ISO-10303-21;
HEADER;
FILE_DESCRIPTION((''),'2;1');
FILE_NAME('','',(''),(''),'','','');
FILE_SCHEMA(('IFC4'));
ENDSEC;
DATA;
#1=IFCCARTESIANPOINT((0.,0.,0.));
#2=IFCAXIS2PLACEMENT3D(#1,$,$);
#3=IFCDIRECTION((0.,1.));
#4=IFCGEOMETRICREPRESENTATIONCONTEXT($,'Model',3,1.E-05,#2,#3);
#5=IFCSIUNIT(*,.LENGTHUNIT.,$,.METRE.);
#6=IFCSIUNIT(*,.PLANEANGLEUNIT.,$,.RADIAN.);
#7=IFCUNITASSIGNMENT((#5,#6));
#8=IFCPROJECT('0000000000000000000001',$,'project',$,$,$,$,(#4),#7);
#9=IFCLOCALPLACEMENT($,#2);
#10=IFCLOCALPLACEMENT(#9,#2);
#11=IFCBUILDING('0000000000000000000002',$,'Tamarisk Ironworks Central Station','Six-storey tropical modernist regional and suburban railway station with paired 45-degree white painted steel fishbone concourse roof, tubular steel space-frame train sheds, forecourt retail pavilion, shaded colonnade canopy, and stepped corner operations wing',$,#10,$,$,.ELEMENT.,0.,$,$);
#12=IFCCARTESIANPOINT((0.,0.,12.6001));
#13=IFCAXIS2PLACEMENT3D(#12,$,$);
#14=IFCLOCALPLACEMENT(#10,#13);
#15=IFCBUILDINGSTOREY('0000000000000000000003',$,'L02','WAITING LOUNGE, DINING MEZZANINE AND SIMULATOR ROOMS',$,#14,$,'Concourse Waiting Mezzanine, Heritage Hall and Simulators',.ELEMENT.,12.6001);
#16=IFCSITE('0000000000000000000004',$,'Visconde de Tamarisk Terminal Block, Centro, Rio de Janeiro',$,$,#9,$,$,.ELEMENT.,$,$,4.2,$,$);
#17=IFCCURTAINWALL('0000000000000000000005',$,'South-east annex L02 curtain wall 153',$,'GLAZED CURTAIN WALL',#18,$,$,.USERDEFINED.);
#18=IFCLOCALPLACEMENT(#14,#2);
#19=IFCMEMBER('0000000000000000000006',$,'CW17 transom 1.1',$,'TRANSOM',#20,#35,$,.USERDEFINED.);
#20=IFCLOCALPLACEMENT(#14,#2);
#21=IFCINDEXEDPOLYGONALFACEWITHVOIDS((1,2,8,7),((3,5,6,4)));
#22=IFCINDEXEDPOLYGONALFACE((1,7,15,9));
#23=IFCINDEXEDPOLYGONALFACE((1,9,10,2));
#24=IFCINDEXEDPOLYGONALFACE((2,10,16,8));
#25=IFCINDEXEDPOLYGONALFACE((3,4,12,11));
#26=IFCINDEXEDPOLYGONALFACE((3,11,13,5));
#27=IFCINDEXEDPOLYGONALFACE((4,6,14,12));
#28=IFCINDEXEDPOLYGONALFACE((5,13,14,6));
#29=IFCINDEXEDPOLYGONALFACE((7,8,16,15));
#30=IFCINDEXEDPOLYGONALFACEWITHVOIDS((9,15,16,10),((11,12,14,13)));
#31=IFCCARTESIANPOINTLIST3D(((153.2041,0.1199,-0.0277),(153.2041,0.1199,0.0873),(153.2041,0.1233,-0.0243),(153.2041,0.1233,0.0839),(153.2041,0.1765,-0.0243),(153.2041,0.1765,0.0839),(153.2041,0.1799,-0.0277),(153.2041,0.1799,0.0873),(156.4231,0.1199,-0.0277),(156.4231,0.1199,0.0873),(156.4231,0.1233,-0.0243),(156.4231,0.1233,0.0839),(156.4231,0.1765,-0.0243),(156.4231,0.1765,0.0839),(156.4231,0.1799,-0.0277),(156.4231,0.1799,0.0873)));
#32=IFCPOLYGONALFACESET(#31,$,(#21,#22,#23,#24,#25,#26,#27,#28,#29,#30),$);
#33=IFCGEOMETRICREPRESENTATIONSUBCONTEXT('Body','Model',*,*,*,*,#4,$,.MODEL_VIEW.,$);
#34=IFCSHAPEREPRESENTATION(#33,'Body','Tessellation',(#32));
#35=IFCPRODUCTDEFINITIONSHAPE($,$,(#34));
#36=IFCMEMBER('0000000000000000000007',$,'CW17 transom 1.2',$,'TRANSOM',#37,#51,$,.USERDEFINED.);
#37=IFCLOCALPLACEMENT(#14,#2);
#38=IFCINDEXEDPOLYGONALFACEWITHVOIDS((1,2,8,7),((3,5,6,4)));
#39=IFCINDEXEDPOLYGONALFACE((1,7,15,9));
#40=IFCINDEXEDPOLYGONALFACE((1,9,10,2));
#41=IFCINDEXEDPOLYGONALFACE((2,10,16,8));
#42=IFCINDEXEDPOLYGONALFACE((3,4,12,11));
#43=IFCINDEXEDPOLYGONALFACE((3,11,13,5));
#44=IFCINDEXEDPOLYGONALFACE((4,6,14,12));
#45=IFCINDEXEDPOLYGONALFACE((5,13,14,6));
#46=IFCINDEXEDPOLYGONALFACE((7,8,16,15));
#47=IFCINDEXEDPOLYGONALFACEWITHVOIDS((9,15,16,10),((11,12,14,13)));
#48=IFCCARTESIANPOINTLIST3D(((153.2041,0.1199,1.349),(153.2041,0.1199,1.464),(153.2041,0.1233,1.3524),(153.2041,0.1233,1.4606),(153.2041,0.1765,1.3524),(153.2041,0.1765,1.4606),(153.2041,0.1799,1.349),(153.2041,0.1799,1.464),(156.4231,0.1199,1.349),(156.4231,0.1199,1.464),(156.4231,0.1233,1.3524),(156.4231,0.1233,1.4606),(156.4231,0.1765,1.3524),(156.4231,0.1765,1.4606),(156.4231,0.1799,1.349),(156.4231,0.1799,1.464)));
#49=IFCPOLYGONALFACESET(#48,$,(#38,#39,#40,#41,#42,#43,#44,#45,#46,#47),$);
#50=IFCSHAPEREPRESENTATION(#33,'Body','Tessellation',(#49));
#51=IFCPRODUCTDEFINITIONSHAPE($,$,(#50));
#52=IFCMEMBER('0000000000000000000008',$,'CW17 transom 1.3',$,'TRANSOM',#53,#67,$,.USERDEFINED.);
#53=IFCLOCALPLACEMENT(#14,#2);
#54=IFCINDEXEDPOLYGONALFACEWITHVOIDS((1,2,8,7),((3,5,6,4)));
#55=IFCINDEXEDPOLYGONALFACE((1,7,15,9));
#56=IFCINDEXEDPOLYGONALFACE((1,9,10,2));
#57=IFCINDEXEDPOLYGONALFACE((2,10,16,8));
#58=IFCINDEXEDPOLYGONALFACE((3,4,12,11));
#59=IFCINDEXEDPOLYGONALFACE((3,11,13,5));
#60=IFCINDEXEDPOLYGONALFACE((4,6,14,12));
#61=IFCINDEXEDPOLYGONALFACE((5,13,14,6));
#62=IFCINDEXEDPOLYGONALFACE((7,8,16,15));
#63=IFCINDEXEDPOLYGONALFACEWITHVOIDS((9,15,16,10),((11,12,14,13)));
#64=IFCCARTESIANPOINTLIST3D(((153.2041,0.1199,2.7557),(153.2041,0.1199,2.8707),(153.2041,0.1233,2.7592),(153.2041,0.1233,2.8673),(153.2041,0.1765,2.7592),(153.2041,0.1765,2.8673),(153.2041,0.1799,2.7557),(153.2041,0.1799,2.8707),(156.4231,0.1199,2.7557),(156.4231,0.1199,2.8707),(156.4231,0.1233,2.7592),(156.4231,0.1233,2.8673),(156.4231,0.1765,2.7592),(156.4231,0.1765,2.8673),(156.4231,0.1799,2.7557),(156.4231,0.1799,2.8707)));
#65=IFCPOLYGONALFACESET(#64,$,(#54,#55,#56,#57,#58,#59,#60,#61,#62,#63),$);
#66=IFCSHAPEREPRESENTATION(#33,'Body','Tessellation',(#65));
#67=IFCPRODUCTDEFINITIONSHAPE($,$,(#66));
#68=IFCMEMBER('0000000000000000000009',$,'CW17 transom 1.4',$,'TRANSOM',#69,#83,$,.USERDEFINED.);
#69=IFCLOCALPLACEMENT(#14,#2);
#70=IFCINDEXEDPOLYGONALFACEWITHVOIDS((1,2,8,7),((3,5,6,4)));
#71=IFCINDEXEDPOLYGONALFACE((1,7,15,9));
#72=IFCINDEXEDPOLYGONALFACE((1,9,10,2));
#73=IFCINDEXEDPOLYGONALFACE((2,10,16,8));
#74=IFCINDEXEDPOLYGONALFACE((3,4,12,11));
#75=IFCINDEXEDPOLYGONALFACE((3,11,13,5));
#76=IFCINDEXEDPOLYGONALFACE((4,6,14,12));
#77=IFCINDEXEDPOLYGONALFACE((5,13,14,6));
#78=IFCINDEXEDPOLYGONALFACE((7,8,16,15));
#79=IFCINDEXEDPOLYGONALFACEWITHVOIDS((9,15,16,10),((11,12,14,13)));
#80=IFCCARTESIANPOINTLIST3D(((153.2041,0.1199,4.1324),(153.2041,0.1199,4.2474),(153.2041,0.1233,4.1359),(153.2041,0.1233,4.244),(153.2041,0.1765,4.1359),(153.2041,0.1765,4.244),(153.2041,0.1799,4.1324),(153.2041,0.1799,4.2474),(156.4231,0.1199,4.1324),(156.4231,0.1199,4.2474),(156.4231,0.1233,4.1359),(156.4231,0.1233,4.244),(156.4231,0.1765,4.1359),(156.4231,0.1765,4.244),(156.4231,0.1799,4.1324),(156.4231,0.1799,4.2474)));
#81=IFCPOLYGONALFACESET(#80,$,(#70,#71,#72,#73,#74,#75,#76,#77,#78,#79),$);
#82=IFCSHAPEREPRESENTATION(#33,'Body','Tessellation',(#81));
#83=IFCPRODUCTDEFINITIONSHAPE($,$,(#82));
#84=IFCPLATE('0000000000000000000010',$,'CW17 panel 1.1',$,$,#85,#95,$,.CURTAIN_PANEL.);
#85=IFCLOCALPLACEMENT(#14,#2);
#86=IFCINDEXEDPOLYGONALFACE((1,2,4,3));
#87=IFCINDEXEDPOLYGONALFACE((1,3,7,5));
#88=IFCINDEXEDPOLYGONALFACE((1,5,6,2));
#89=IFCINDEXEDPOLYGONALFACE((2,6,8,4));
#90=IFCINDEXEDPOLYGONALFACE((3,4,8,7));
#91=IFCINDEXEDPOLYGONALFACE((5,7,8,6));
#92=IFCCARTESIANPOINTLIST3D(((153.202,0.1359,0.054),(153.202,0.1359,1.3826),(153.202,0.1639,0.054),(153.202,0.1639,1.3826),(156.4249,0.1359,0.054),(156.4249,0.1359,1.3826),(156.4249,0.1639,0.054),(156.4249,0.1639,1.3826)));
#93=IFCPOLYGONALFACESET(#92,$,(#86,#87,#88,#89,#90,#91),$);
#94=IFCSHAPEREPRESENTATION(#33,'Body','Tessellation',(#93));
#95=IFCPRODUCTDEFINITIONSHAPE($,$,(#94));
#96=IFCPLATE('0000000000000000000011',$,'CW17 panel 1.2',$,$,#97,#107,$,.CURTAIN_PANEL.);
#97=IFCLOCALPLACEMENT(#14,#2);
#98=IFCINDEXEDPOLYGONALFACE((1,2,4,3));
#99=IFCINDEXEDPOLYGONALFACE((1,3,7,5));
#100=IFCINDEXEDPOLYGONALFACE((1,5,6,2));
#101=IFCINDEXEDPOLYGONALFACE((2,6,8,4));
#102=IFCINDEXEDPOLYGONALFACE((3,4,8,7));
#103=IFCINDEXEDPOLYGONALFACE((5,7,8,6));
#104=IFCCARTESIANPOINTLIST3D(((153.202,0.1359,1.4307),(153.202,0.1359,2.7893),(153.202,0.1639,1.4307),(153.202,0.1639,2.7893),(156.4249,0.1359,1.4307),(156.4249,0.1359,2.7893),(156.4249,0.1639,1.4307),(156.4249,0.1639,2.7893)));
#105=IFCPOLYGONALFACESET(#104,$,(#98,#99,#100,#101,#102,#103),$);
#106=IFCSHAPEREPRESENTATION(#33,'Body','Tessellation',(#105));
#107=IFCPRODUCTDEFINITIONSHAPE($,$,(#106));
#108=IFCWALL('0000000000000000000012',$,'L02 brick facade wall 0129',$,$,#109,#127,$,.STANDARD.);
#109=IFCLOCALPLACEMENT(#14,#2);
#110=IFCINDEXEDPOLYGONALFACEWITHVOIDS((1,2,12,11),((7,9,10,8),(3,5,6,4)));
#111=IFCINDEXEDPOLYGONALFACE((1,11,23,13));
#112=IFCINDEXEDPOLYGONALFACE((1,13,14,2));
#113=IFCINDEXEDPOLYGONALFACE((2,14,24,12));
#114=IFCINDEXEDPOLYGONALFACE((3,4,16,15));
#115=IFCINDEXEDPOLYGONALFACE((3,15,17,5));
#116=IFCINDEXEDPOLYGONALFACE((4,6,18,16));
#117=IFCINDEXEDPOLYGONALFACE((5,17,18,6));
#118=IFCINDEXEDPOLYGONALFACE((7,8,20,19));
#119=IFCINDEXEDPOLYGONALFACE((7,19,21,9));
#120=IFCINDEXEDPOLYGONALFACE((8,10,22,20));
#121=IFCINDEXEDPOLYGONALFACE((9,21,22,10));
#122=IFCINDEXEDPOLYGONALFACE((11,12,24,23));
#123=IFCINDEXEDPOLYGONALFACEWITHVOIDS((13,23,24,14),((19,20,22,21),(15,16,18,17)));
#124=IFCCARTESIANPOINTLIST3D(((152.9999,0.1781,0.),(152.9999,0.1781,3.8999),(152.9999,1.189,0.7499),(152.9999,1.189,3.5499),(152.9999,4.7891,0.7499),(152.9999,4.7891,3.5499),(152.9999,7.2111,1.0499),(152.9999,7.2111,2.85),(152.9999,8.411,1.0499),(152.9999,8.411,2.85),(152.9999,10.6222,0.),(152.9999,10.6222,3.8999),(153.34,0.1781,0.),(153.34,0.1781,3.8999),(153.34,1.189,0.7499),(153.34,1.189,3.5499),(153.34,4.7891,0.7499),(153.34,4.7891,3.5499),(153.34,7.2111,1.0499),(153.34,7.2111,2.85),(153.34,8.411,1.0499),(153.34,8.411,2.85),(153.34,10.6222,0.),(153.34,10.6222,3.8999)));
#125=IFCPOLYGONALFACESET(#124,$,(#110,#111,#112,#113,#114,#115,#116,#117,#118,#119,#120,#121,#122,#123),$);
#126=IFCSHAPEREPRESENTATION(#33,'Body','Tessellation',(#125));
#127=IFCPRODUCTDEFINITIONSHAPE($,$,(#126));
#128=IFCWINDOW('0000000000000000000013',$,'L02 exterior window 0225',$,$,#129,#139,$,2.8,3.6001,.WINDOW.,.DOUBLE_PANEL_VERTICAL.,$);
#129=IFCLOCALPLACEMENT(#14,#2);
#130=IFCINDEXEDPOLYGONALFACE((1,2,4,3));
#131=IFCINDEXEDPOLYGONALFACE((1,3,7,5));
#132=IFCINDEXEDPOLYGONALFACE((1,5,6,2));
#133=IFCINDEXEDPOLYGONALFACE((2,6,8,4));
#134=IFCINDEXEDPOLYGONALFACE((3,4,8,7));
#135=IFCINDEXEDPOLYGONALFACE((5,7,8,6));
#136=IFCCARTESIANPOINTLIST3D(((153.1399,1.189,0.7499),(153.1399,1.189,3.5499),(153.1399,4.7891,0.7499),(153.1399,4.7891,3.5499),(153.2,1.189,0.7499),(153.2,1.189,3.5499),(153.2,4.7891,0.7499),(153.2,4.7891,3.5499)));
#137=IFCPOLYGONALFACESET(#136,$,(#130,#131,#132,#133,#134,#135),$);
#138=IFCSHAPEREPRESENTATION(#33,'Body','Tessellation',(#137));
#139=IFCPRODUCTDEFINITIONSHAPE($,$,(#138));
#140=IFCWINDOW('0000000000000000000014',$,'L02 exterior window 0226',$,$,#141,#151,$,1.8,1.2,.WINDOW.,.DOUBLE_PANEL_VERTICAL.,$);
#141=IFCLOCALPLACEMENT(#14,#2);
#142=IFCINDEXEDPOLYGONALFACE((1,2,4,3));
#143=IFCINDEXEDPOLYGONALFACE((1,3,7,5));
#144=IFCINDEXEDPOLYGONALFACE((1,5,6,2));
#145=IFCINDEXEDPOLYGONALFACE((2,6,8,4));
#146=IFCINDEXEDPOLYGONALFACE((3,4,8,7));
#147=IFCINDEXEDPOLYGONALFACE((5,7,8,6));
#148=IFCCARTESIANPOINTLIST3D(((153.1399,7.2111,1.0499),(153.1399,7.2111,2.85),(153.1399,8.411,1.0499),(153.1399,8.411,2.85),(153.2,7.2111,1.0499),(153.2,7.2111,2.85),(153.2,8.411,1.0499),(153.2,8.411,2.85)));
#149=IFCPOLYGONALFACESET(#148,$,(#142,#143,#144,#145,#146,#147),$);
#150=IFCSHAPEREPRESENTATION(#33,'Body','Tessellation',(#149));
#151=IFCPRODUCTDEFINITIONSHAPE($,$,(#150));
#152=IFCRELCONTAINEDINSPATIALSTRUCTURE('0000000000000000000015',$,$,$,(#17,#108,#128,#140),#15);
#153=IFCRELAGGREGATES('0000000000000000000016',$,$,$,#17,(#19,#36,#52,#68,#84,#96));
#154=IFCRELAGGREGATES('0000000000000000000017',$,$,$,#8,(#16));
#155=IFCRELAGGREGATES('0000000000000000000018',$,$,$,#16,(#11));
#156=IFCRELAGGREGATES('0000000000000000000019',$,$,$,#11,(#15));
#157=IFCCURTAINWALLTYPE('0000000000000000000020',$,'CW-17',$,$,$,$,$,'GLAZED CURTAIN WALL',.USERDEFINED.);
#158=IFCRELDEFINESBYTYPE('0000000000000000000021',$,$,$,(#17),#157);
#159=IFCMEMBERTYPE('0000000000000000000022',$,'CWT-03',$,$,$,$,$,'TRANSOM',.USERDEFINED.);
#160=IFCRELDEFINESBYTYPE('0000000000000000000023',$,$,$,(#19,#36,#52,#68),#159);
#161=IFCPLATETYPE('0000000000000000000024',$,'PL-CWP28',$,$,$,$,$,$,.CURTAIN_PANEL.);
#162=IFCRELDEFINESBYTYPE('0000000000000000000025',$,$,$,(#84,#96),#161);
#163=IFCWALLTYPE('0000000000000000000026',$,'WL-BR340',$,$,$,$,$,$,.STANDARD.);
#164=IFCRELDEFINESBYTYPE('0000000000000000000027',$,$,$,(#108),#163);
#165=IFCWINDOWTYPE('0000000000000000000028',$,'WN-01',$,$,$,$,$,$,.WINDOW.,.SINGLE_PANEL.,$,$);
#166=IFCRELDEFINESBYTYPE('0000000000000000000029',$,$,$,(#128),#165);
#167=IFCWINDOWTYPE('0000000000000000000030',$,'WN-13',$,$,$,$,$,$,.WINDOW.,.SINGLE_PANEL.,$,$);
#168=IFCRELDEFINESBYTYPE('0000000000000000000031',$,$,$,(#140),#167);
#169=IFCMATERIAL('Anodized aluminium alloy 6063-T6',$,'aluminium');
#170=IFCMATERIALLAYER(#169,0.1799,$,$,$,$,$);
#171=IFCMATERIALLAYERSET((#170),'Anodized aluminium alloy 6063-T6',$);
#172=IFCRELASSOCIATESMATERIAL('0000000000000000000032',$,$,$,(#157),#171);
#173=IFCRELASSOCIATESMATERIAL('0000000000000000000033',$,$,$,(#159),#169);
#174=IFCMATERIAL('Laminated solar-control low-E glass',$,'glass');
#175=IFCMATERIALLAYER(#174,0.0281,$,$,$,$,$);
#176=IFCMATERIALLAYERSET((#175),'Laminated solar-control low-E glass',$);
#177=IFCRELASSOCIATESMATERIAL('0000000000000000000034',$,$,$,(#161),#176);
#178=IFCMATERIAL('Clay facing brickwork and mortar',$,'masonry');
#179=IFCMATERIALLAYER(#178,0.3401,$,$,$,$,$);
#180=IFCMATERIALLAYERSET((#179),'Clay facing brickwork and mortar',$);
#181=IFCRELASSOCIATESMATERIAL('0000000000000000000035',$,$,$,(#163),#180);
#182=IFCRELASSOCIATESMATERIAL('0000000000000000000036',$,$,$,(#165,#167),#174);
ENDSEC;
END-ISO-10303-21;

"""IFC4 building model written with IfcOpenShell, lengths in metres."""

from ifc_helpers import new_model, si_unit, direction, frame, frame_2d, origin, origin_2d, place, context, subcontext, project, spatial, rectangle, hollow_rectangle, extrude, material, layer, layer_set, material_profile, profile_set, type_object, element, fill, aggregate, save


model = new_model("IFC4")

# Units and contexts
model_context = context("Model", 3, precision=1e-05, world=origin(), true_north=direction((0.0, 1.0)))
body_context = subcontext(model_context, "Body", "Model", "MODEL_VIEW")
ifc_project = project(units=[si_unit("LENGTHUNIT", "METRE"), si_unit("PLANEANGLEUNIT", "RADIAN")], contexts=[model_context])

# Site, building, storey
site_placement = place(None, origin())
site = spatial("IfcSite", under=ifc_project, at=site_placement, Name="Visconde de Tamarisk Terminal Block, Centro, Rio de Janeiro", CompositionType="ELEMENT", RefElevation=4.2)
building_placement = place(site_placement, origin())
building = spatial("IfcBuilding", under=site, at=building_placement, Name="Tamarisk Ironworks Central Station", Description="Six-storey tropical modernist regional and suburban railway station with paired 45-degree white painted steel fishbone concourse roof, tubular steel space-frame train sheds, forecourt retail pavilion, shaded colonnade canopy, and stepped corner operations wing", CompositionType="ELEMENT", ElevationOfRefHeight=0.0)
storey_placement = place(building_placement, frame((0.0, 0.0, 12.6001)))
storey = spatial("IfcBuildingStorey", under=building, at=storey_placement, Name="L02", Description="WAITING LOUNGE, DINING MEZZANINE AND SIMULATOR ROOMS", LongName="Concourse Waiting Mezzanine, Heritage Hall and Simulators", CompositionType="ELEMENT", Elevation=12.6001)

# Curtain wall, members, plates
ifc_material_1 = material(Name="Anodized aluminium alloy 6063-T6", Category="aluminium")
ifc_layer_1 = layer(ifc_material_1, 0.1799)
ifc_layer_set_1 = layer_set([ifc_layer_1], Name="Anodized aluminium alloy 6063-T6")
curtain_wall_type = type_object("IfcCurtainWallType", Name="CW-17", ElementType="GLAZED CURTAIN WALL", PredefinedType="USERDEFINED", material=ifc_layer_set_1)
curtain_wall_placement = place(storey_placement, origin())
curtain_wall = element("IfcCurtainWall", 1, at=curtain_wall_placement, inside=storey, type_object=curtain_wall_type, Name="South-east annex L02 curtain wall 153", ObjectType="GLAZED CURTAIN WALL", PredefinedType="USERDEFINED")
ifc_material_profile_1 = material_profile(ifc_material_1, hollow_rectangle(XDim=0.0601, YDim=0.115, WallThickness=0.0034, at=origin_2d()), Name="ALUM 115x60")
ifc_profile_set_1 = profile_set([ifc_material_profile_1], Name="Anodized aluminium alloy 6063-T6")
member_type_1 = type_object("IfcMemberType", Name="CWT-03", ElementType="TRANSOM", PredefinedType="USERDEFINED", material=ifc_profile_set_1)
member_1_placement = place(storey_placement, frame((153.2041, 0.1499, 0.0298), z_axis=(1.0, 0.0, 0.0), x_axis=(0.0, 1.0, 0.0)))
member_1 = element("IfcMember", 2, at=member_1_placement, type_object=member_type_1, Name="CW17 transom 1.1", ObjectType="TRANSOM", PredefinedType="USERDEFINED", context=body_context, shape_type="SweptSolid", body=[
    extrude(hollow_rectangle(XDim=0.0601, YDim=0.115, WallThickness=0.0034, at=origin_2d()), origin(), (0.0, 0.0, 1.0), 3.219),
])
member_2_placement = place(storey_placement, frame((153.2041, 0.1499, 1.4065), z_axis=(1.0, 0.0, 0.0), x_axis=(0.0, 1.0, 0.0)))
member_2 = element("IfcMember", 3, at=member_2_placement, type_object=member_type_1, Name="CW17 transom 1.2", ObjectType="TRANSOM", PredefinedType="USERDEFINED", context=body_context, shape_type="SweptSolid", body=[
    extrude(hollow_rectangle(XDim=0.0601, YDim=0.115, WallThickness=0.0034, at=origin_2d()), origin(), (0.0, 0.0, 1.0), 3.219),
])
member_3_placement = place(storey_placement, frame((153.2041, 0.1499, 2.8132), z_axis=(1.0, 0.0, 0.0), x_axis=(0.0, 1.0, 0.0)))
member_3 = element("IfcMember", 4, at=member_3_placement, type_object=member_type_1, Name="CW17 transom 1.3", ObjectType="TRANSOM", PredefinedType="USERDEFINED", context=body_context, shape_type="SweptSolid", body=[
    extrude(hollow_rectangle(XDim=0.0601, YDim=0.115, WallThickness=0.0034, at=origin_2d()), origin(), (0.0, 0.0, 1.0), 3.219),
])
member_4_placement = place(storey_placement, frame((153.2041, 0.1499, 4.1899), z_axis=(1.0, 0.0, 0.0), x_axis=(0.0, 1.0, 0.0)))
member_4 = element("IfcMember", 5, at=member_4_placement, type_object=member_type_1, Name="CW17 transom 1.4", ObjectType="TRANSOM", PredefinedType="USERDEFINED", context=body_context, shape_type="SweptSolid", body=[
    extrude(hollow_rectangle(XDim=0.0601, YDim=0.115, WallThickness=0.0034, at=origin_2d()), origin(), (0.0, 0.0, 1.0), 3.219),
])
ifc_material_2 = material(Name="Laminated solar-control low-E glass", Category="glass")
ifc_layer_2 = layer(ifc_material_2, 0.0281)
ifc_layer_set_2 = layer_set([ifc_layer_2], Name="Laminated solar-control low-E glass")
plate_type = type_object("IfcPlateType", Name="PL-CWP28", PredefinedType="CURTAIN_PANEL", material=ifc_layer_set_2)
plate_1_placement = place(storey_placement, frame((154.8135, 0.1499, 0.054), z_axis=(0.0, 0.0, 1.0), x_axis=(1.0, 0.0, 0.0)))
plate_1 = element("IfcPlate", 6, at=plate_1_placement, type_object=plate_type, Name="CW17 panel 1.1", PredefinedType="CURTAIN_PANEL", context=body_context, shape_type="SweptSolid", body=[
    extrude(rectangle(XDim=3.2229, YDim=0.0281, at=origin_2d()), origin(), (0.0, 0.0, 1.0), 1.3286),
])
plate_2_placement = place(storey_placement, frame((154.8135, 0.1499, 1.4307), z_axis=(0.0, 0.0, 1.0), x_axis=(1.0, 0.0, 0.0)))
plate_2 = element("IfcPlate", 7, at=plate_2_placement, type_object=plate_type, Name="CW17 panel 1.2", PredefinedType="CURTAIN_PANEL", context=body_context, shape_type="SweptSolid", body=[
    extrude(rectangle(XDim=3.2229, YDim=0.0281, at=origin_2d()), origin(), (0.0, 0.0, 1.0), 1.3586),
])
aggregate(curtain_wall, [member_1, member_2, member_3, member_4, plate_1, plate_2])

# Wall, openings, windows
ifc_material_3 = material(Name="Clay facing brickwork and mortar", Category="masonry")
ifc_layer_3 = layer(ifc_material_3, 0.3401)
ifc_layer_set_3 = layer_set([ifc_layer_3], Name="Clay facing brickwork and mortar")
wall_type = type_object("IfcWallType", Name="WL-BR340", PredefinedType="STANDARD", material=ifc_layer_set_3)
wall_placement = place(storey_placement, frame((153.1699, 0.178, 0.0), z_axis=(0.0, 0.0, 1.0), x_axis=(0.0, 1.0, 0.0)))
wall = element("IfcWall", 8, at=wall_placement, inside=storey, type_object=wall_type, Name="L02 brick facade wall 0129", PredefinedType="STANDARD", context=body_context, shape_type="SweptSolid", body=[
    extrude(rectangle(XDim=10.4441, YDim=0.3401, at=frame_2d((5.2222, 0.0))), origin(), (0.0, 0.0, 1.0), 3.8999),
])
opening_1_placement = place(wall_placement, frame((1.011, 0.0, 0.75)))
opening_1 = element("IfcOpeningElement", 9, at=opening_1_placement, cuts=wall, PredefinedType="OPENING", context=body_context, shape_type="SweptSolid", body=[
    extrude(rectangle(XDim=3.6001, YDim=2.8, at=frame_2d((1.8, 1.3999))), frame((0.0, 0.1821, 0.0), z_axis=(0.0, -1.0, 0.0), x_axis=(1.0, 0.0, 0.0)), (0.0, 0.0, 1.0), 0.364),
])
opening_2_placement = place(wall_placement, frame((7.033, 0.0, 1.05)))
opening_2 = element("IfcOpeningElement", 10, at=opening_2_placement, cuts=wall, PredefinedType="OPENING", context=body_context, shape_type="SweptSolid", body=[
    extrude(rectangle(XDim=1.2, YDim=1.8, at=frame_2d((0.6001, 0.8999))), frame((0.0, 0.1821, 0.0), z_axis=(0.0, -1.0, 0.0), x_axis=(1.0, 0.0, 0.0)), (0.0, 0.0, 1.0), 0.364),
])
window_type_1 = type_object("IfcWindowType", Name="WN-01", PartitioningType="SINGLE_PANEL", PredefinedType="WINDOW", material=ifc_material_2)
window_1_placement = place(opening_1_placement, origin())
window_1 = element("IfcWindow", 11, at=window_1_placement, inside=storey, type_object=window_type_1, Name="L02 exterior window 0225", OverallHeight=2.8, OverallWidth=3.6001, PartitioningType="DOUBLE_PANEL_VERTICAL", PredefinedType="WINDOW", context=body_context, shape_type="SweptSolid", body=[
    extrude(rectangle(XDim=3.6001, YDim=2.8, at=frame_2d((1.8, 1.3999))), frame((0.0, 0.03, 0.0), z_axis=(0.0, -1.0, 0.0), x_axis=(1.0, 0.0, 0.0)), (0.0, 0.0, 1.0), 0.0601),
])
fill(opening_1, window_1)
window_type_2 = type_object("IfcWindowType", Name="WN-13", PartitioningType="SINGLE_PANEL", PredefinedType="WINDOW", material=ifc_material_2)
window_2_placement = place(opening_2_placement, origin())
window_2 = element("IfcWindow", 12, at=window_2_placement, inside=storey, type_object=window_type_2, Name="L02 exterior window 0226", OverallHeight=1.8, OverallWidth=1.2, PartitioningType="DOUBLE_PANEL_VERTICAL", PredefinedType="WINDOW", context=body_context, shape_type="SweptSolid", body=[
    extrude(rectangle(XDim=1.2, YDim=1.8, at=frame_2d((0.6001, 0.8999))), frame((0.0, 0.03, 0.0), z_axis=(0.0, -1.0, 0.0), x_axis=(1.0, 0.0, 0.0)), (0.0, 0.0, 1.0), 0.0601),
])
fill(opening_2, window_2)

save(model, "model.ifc")
